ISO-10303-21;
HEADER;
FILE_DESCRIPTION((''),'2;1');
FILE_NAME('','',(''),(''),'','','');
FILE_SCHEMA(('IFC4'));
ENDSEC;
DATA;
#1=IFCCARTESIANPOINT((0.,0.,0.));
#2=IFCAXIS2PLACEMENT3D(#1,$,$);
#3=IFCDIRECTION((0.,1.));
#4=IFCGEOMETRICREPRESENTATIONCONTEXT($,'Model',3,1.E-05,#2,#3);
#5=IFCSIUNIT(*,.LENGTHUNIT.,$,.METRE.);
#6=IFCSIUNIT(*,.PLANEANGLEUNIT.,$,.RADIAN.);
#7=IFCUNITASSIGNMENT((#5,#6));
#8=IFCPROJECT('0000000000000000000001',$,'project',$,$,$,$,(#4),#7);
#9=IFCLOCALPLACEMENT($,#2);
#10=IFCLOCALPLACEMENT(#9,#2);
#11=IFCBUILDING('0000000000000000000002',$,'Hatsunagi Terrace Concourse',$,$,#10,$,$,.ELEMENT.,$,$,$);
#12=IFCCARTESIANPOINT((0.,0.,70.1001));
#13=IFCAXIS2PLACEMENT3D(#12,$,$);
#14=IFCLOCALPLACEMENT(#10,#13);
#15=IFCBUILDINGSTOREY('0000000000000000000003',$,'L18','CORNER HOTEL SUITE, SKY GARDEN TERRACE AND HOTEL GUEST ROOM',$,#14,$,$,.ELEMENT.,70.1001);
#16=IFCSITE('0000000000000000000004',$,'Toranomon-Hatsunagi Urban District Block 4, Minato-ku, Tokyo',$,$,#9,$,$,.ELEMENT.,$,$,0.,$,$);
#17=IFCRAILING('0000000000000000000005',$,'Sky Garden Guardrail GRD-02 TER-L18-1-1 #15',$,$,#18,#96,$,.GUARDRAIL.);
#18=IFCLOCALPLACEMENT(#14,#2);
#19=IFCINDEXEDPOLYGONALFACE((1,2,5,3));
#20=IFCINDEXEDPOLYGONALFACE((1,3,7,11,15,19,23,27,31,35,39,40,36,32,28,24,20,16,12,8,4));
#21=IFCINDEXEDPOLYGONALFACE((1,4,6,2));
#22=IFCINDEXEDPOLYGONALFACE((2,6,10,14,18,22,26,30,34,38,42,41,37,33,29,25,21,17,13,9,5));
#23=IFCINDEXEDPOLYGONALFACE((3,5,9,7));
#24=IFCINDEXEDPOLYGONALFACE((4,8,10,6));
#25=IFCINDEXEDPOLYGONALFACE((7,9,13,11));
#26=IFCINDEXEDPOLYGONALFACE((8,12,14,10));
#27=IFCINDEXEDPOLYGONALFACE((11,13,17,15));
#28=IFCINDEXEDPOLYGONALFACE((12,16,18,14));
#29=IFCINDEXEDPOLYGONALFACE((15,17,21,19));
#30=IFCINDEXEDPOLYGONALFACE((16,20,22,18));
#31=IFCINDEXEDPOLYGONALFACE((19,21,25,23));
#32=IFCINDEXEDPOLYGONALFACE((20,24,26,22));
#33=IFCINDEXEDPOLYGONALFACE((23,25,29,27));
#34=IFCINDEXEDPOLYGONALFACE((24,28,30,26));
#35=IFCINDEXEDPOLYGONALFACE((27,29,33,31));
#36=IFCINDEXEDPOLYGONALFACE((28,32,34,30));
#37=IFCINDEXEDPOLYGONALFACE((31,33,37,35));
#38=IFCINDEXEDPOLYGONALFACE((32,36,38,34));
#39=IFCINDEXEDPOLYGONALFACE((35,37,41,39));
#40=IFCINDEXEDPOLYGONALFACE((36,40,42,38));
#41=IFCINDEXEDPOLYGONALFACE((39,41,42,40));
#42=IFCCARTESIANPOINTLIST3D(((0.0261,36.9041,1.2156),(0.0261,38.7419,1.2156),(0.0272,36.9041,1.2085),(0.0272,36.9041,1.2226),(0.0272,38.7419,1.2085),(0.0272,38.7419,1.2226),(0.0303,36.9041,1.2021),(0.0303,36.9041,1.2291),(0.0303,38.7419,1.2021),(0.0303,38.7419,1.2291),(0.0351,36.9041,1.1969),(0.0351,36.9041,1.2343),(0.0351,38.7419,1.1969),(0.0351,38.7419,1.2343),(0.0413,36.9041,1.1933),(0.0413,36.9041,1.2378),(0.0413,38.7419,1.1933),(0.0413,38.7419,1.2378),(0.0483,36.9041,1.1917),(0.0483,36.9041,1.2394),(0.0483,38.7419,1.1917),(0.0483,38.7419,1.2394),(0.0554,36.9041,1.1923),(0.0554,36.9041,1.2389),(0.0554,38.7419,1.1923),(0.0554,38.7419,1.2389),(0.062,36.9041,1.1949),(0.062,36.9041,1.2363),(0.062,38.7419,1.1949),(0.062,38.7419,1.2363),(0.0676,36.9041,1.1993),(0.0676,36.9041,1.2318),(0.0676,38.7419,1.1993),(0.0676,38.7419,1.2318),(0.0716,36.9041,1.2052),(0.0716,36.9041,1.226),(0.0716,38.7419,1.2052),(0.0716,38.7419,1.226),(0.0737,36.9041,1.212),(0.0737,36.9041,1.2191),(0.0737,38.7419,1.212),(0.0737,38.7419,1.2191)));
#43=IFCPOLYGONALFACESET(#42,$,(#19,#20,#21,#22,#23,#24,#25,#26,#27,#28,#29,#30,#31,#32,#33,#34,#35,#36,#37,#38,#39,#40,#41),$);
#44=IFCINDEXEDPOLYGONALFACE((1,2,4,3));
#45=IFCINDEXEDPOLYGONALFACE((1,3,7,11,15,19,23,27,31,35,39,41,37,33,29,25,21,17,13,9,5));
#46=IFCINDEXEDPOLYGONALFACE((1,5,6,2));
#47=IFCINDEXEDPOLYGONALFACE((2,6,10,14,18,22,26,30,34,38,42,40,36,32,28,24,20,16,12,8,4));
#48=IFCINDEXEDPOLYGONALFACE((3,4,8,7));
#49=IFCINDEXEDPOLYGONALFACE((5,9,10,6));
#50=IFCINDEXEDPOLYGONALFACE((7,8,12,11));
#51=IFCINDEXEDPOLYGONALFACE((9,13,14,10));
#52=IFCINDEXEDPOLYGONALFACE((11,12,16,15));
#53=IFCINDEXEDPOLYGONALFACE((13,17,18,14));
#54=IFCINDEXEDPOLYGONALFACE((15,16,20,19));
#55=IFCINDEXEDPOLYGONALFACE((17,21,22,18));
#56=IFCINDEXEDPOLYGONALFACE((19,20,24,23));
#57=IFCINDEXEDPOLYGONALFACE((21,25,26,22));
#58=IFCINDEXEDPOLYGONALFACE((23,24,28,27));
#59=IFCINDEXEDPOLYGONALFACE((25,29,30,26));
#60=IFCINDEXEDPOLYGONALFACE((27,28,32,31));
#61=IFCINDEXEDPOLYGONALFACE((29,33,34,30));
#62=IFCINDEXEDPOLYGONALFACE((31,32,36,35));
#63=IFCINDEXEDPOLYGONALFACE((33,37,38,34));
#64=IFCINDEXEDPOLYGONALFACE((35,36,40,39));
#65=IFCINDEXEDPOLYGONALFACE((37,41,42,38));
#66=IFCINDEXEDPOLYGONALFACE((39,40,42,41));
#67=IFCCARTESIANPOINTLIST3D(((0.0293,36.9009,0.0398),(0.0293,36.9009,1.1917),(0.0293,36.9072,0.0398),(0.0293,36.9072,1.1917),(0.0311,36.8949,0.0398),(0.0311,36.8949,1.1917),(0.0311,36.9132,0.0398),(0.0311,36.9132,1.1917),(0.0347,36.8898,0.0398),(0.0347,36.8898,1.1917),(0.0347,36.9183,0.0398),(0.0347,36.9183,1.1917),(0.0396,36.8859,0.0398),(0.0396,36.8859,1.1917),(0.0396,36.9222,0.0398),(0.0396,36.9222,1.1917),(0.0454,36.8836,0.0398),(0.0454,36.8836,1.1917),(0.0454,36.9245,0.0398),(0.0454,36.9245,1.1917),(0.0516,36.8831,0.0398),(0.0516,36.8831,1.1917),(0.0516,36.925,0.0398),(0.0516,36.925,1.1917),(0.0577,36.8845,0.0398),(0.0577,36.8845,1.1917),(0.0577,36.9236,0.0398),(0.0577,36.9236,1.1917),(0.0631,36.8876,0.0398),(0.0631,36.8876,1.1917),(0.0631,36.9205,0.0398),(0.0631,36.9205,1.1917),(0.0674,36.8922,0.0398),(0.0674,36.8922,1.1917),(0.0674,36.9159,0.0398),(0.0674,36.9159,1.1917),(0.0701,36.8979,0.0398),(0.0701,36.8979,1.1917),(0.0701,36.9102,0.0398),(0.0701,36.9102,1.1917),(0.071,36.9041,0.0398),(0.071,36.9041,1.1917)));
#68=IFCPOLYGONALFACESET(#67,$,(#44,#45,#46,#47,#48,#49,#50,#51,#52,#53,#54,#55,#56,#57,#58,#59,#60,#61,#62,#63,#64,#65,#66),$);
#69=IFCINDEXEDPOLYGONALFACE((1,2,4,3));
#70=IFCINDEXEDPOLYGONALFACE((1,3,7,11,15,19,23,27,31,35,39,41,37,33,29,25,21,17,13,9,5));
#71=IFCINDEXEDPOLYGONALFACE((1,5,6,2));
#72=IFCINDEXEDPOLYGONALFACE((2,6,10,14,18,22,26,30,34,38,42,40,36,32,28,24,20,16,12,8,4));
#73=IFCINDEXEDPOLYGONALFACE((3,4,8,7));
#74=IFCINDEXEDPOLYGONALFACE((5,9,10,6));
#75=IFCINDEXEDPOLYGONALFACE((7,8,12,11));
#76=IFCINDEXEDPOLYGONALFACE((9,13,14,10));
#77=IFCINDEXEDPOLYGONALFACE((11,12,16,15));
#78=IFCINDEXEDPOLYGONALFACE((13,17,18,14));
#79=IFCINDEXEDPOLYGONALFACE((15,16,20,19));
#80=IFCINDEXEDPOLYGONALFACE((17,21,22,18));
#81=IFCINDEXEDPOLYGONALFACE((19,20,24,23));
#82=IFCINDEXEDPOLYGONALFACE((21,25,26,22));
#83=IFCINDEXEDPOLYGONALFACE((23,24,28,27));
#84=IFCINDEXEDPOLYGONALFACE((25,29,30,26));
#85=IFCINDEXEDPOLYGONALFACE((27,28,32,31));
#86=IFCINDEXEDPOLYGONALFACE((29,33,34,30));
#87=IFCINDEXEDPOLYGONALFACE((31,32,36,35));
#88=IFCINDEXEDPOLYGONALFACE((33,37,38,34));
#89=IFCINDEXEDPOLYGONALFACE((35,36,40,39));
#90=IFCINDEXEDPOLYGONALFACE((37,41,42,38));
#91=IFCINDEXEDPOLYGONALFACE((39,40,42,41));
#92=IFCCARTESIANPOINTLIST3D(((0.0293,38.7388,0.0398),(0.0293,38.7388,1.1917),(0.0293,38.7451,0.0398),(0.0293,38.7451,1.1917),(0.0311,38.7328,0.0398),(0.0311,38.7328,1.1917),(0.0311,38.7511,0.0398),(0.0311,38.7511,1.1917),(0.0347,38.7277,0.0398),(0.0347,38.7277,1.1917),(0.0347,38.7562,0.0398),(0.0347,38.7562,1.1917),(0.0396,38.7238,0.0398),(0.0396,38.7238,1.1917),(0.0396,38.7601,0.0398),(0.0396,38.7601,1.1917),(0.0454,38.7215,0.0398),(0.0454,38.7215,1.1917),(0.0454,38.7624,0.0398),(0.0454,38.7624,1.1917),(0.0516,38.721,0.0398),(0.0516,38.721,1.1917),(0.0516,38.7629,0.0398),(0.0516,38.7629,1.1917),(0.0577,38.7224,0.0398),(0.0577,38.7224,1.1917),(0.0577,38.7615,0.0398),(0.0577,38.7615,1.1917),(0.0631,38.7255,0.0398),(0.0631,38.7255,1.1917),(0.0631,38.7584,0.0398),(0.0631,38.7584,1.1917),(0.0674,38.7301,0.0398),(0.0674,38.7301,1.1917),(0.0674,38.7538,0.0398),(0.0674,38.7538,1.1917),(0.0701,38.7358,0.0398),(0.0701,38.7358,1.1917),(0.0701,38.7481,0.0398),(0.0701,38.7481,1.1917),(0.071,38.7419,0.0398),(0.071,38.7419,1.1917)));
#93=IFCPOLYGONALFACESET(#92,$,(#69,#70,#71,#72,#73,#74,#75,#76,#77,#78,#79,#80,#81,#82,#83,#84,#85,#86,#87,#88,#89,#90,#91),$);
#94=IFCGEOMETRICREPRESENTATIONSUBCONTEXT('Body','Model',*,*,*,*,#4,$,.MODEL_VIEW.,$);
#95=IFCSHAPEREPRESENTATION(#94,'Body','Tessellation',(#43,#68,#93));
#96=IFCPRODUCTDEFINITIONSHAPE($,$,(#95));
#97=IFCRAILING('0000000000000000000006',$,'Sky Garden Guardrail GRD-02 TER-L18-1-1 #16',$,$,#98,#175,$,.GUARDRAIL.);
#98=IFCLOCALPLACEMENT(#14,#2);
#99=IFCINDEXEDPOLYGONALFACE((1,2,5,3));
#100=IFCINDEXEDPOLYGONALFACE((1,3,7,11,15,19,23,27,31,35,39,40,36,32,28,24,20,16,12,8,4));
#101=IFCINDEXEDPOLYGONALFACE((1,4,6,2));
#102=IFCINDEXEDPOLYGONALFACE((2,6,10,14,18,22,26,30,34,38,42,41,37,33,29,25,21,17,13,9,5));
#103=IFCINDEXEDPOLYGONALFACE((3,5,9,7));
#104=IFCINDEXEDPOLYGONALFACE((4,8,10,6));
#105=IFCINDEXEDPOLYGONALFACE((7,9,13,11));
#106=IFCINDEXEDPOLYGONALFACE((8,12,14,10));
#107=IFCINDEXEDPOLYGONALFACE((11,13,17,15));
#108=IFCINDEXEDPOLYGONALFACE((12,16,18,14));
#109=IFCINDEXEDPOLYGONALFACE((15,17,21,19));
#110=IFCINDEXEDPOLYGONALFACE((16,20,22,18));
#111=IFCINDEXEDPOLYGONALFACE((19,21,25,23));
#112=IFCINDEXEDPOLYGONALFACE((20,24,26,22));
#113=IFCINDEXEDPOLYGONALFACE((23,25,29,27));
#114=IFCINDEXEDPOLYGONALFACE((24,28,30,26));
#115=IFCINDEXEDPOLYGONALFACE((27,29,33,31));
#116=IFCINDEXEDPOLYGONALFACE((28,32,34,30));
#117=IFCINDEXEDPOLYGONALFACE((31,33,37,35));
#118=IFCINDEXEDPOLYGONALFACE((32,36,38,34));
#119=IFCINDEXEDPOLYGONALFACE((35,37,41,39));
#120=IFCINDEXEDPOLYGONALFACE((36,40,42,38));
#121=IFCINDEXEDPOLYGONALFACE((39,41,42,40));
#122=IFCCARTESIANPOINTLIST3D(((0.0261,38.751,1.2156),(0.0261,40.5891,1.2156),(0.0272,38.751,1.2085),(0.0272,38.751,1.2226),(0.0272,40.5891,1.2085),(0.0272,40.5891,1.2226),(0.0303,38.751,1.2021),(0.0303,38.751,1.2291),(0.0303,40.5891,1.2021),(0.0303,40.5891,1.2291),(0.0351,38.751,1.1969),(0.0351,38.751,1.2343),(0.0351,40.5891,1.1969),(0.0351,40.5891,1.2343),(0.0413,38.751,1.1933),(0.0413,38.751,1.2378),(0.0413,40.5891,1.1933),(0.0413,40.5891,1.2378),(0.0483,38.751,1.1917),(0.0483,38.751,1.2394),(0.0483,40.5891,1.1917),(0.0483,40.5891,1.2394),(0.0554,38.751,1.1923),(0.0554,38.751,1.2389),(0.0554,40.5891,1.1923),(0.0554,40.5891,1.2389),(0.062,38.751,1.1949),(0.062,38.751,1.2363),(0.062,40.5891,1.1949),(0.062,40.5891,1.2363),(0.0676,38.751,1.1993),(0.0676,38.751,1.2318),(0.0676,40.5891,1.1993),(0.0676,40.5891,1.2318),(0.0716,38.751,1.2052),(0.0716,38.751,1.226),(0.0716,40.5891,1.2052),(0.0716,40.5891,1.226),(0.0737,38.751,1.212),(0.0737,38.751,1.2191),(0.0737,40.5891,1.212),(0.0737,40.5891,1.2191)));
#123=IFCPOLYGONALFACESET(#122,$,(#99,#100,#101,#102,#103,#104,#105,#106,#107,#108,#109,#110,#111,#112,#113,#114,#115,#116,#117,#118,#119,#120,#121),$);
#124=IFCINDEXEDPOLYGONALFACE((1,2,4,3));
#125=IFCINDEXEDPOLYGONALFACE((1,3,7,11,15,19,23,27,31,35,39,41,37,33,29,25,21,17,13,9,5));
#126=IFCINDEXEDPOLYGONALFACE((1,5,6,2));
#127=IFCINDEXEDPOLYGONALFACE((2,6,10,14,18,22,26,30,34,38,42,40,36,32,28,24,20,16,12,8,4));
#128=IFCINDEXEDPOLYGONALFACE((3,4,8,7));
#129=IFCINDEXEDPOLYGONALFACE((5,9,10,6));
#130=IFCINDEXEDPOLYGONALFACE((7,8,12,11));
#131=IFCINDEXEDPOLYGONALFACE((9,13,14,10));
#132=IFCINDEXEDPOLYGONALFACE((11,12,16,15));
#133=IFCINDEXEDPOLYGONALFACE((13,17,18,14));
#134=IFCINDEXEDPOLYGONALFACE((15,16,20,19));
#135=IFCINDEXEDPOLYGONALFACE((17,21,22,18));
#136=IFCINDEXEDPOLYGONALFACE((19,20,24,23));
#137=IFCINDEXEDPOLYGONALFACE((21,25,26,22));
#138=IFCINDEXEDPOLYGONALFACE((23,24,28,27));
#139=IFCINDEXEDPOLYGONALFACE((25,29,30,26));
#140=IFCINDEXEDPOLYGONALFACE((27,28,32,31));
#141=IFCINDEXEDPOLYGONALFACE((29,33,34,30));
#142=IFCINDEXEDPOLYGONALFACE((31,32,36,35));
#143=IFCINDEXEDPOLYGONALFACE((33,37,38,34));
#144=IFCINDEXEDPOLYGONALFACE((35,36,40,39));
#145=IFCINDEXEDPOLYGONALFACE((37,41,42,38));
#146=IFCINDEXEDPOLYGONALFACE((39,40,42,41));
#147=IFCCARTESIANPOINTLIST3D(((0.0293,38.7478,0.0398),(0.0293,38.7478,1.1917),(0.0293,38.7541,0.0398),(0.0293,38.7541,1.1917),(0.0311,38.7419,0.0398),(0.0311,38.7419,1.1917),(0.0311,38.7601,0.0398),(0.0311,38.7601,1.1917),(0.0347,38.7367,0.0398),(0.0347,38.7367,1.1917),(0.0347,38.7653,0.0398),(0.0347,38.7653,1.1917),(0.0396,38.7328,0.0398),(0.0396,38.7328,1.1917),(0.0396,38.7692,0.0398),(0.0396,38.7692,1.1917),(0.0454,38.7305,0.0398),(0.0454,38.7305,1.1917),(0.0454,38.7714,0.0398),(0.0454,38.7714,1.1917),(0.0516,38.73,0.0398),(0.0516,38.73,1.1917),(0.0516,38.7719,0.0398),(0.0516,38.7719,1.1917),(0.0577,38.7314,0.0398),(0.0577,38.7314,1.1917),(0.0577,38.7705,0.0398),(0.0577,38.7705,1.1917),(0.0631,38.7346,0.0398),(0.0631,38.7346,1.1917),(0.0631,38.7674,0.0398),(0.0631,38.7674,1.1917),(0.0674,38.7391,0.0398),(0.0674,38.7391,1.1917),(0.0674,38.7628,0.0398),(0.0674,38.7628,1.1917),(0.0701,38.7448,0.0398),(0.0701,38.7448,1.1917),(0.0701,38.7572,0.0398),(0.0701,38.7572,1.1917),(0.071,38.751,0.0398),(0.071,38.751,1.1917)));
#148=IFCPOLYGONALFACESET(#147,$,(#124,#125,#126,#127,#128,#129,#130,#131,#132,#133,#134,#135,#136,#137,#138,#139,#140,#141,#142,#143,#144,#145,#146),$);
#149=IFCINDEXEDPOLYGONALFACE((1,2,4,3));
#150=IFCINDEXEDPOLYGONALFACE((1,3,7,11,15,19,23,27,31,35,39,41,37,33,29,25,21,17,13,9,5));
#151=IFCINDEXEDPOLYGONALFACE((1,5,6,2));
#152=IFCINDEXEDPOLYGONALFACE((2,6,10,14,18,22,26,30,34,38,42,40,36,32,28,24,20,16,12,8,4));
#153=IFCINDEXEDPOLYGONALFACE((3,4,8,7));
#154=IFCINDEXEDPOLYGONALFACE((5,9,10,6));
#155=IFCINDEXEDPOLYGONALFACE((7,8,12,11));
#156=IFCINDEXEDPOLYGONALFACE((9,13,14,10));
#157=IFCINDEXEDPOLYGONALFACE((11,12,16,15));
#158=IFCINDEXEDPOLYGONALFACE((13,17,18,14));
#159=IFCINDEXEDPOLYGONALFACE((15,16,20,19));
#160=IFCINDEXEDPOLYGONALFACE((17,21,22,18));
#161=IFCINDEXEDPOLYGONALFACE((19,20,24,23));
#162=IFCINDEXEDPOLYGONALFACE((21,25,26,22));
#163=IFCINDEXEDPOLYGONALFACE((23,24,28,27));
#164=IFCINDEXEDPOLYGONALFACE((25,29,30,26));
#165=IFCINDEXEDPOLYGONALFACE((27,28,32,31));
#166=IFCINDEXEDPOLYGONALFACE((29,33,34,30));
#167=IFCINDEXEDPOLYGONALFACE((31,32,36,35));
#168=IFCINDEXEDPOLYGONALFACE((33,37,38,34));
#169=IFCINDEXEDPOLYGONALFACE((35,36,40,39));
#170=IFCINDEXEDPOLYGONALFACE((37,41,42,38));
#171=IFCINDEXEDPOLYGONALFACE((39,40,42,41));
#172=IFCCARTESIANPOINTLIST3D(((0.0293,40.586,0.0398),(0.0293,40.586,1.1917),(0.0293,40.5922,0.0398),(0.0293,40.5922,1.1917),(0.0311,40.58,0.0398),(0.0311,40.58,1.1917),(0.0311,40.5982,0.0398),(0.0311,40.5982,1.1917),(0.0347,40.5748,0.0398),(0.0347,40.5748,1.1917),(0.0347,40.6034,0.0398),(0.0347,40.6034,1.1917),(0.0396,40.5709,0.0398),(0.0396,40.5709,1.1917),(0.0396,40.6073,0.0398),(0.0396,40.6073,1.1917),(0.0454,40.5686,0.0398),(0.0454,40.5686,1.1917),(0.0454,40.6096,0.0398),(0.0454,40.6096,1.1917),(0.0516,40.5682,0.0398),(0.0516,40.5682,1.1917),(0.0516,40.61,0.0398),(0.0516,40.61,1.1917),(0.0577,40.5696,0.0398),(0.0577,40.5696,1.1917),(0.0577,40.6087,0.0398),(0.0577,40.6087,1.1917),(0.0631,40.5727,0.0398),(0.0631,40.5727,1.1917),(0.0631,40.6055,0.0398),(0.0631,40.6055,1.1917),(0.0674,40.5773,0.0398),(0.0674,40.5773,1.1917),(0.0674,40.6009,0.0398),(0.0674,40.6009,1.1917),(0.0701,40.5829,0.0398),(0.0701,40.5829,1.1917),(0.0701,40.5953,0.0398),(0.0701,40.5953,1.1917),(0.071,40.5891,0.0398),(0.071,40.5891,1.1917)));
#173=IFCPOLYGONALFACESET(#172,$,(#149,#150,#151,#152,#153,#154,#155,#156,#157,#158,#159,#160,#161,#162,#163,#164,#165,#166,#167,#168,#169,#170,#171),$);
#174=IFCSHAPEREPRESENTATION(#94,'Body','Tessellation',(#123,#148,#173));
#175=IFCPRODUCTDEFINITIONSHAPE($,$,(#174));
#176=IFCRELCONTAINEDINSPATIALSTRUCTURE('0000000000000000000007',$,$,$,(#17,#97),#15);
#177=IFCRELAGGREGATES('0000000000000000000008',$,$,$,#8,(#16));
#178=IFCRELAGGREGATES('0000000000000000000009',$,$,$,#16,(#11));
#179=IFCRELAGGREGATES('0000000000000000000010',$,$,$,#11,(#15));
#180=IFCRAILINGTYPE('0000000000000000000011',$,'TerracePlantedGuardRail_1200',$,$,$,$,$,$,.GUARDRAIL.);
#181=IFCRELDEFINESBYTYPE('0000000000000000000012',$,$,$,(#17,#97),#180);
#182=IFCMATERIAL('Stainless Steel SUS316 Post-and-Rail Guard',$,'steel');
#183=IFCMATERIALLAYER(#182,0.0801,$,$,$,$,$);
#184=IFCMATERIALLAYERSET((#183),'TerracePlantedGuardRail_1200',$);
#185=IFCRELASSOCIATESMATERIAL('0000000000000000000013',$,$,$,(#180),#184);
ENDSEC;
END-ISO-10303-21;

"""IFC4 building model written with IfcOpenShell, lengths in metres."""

from ifc_helpers import new_model, si_unit, direction, frame, origin, origin_2d, place, context, subcontext, project, spatial, circle, extrude, material, layer, layer_set, type_object, element, save


model = new_model("IFC4")

# Units and contexts
model_context = context("Model", 3, precision=1e-05, world=origin(), true_north=direction((0.0, 1.0)))
body_context = subcontext(model_context, "Body", "Model", "MODEL_VIEW")
ifc_project = project(units=[si_unit("LENGTHUNIT", "METRE"), si_unit("PLANEANGLEUNIT", "RADIAN")], contexts=[model_context])

# Site, building, storey
site_placement = place(None, origin())
site = spatial("IfcSite", under=ifc_project, at=site_placement, Name="Toranomon-Hatsunagi Urban District Block 4, Minato-ku, Tokyo", CompositionType="ELEMENT", RefElevation=0.0)
building_placement = place(site_placement, origin())
building = spatial("IfcBuilding", under=site, at=building_placement, Name="Hatsunagi Terrace Concourse", CompositionType="ELEMENT")
storey_placement = place(building_placement, frame((0.0, 0.0, 70.1001)))
storey = spatial("IfcBuildingStorey", under=building, at=storey_placement, Name="L18", Description="CORNER HOTEL SUITE, SKY GARDEN TERRACE AND HOTEL GUEST ROOM", CompositionType="ELEMENT", Elevation=70.1001)

# Railings
ifc_material_1 = material(Name="Stainless Steel SUS316 Post-and-Rail Guard", Category="steel")
ifc_layer_1 = layer(ifc_material_1, 0.0801)
ifc_layer_set_1 = layer_set([ifc_layer_1], Name="TerracePlantedGuardRail_1200")
railing_type = type_object("IfcRailingType", Name="TerracePlantedGuardRail_1200", PredefinedType="GUARDRAIL", material=ifc_layer_set_1)
for number, where, name in (
    (1, (0.05, 36.9041, 0.0398), "Sky Garden Guardrail GRD-02 TER-L18-1-1 #15"),
):
    element("IfcRailing", number, at=place(storey_placement, frame(where)), inside=storey, type_object=railing_type, Name=name, PredefinedType="GUARDRAIL", context=body_context, shape_type="SweptSolid", body=[
        extrude(circle(Radius=0.0239, at=origin_2d()), frame((0.0, 0.0, 1.1758), z_axis=(0.0, 1.0, 0.0), x_axis=(-1.0, 0.0, 0.0)), (0.0, 0.0, 1.0), 1.8379),
        extrude(circle(Radius=0.021, at=origin_2d()), origin(), (0.0, 0.0, 1.0), 1.1519),
        extrude(circle(Radius=0.021, at=origin_2d()), frame((0.0, 1.8379, 0.0)), (0.0, 0.0, 1.0), 1.1519),
    ])
railing_1_placement = place(storey_placement, frame((0.05, 38.751, 0.0398)))
element("IfcRailing", 2, at=railing_1_placement, inside=storey, type_object=railing_type, Name="Sky Garden Guardrail GRD-02 TER-L18-1-1 #16", PredefinedType="GUARDRAIL", context=body_context, shape_type="SweptSolid", body=[
    extrude(circle(Radius=0.0239, at=origin_2d()), frame((0.0, 0.0, 1.1758), z_axis=(0.0, 1.0, 0.0), x_axis=(-1.0, 0.0, 0.0)), (0.0, 0.0, 1.0), 1.8381),
    extrude(circle(Radius=0.021, at=origin_2d()), origin(), (0.0, 0.0, 1.0), 1.1519),
    extrude(circle(Radius=0.021, at=origin_2d()), frame((0.0, 1.8381, 0.0)), (0.0, 0.0, 1.0), 1.1519),
])

save(model, "model.ifc")
